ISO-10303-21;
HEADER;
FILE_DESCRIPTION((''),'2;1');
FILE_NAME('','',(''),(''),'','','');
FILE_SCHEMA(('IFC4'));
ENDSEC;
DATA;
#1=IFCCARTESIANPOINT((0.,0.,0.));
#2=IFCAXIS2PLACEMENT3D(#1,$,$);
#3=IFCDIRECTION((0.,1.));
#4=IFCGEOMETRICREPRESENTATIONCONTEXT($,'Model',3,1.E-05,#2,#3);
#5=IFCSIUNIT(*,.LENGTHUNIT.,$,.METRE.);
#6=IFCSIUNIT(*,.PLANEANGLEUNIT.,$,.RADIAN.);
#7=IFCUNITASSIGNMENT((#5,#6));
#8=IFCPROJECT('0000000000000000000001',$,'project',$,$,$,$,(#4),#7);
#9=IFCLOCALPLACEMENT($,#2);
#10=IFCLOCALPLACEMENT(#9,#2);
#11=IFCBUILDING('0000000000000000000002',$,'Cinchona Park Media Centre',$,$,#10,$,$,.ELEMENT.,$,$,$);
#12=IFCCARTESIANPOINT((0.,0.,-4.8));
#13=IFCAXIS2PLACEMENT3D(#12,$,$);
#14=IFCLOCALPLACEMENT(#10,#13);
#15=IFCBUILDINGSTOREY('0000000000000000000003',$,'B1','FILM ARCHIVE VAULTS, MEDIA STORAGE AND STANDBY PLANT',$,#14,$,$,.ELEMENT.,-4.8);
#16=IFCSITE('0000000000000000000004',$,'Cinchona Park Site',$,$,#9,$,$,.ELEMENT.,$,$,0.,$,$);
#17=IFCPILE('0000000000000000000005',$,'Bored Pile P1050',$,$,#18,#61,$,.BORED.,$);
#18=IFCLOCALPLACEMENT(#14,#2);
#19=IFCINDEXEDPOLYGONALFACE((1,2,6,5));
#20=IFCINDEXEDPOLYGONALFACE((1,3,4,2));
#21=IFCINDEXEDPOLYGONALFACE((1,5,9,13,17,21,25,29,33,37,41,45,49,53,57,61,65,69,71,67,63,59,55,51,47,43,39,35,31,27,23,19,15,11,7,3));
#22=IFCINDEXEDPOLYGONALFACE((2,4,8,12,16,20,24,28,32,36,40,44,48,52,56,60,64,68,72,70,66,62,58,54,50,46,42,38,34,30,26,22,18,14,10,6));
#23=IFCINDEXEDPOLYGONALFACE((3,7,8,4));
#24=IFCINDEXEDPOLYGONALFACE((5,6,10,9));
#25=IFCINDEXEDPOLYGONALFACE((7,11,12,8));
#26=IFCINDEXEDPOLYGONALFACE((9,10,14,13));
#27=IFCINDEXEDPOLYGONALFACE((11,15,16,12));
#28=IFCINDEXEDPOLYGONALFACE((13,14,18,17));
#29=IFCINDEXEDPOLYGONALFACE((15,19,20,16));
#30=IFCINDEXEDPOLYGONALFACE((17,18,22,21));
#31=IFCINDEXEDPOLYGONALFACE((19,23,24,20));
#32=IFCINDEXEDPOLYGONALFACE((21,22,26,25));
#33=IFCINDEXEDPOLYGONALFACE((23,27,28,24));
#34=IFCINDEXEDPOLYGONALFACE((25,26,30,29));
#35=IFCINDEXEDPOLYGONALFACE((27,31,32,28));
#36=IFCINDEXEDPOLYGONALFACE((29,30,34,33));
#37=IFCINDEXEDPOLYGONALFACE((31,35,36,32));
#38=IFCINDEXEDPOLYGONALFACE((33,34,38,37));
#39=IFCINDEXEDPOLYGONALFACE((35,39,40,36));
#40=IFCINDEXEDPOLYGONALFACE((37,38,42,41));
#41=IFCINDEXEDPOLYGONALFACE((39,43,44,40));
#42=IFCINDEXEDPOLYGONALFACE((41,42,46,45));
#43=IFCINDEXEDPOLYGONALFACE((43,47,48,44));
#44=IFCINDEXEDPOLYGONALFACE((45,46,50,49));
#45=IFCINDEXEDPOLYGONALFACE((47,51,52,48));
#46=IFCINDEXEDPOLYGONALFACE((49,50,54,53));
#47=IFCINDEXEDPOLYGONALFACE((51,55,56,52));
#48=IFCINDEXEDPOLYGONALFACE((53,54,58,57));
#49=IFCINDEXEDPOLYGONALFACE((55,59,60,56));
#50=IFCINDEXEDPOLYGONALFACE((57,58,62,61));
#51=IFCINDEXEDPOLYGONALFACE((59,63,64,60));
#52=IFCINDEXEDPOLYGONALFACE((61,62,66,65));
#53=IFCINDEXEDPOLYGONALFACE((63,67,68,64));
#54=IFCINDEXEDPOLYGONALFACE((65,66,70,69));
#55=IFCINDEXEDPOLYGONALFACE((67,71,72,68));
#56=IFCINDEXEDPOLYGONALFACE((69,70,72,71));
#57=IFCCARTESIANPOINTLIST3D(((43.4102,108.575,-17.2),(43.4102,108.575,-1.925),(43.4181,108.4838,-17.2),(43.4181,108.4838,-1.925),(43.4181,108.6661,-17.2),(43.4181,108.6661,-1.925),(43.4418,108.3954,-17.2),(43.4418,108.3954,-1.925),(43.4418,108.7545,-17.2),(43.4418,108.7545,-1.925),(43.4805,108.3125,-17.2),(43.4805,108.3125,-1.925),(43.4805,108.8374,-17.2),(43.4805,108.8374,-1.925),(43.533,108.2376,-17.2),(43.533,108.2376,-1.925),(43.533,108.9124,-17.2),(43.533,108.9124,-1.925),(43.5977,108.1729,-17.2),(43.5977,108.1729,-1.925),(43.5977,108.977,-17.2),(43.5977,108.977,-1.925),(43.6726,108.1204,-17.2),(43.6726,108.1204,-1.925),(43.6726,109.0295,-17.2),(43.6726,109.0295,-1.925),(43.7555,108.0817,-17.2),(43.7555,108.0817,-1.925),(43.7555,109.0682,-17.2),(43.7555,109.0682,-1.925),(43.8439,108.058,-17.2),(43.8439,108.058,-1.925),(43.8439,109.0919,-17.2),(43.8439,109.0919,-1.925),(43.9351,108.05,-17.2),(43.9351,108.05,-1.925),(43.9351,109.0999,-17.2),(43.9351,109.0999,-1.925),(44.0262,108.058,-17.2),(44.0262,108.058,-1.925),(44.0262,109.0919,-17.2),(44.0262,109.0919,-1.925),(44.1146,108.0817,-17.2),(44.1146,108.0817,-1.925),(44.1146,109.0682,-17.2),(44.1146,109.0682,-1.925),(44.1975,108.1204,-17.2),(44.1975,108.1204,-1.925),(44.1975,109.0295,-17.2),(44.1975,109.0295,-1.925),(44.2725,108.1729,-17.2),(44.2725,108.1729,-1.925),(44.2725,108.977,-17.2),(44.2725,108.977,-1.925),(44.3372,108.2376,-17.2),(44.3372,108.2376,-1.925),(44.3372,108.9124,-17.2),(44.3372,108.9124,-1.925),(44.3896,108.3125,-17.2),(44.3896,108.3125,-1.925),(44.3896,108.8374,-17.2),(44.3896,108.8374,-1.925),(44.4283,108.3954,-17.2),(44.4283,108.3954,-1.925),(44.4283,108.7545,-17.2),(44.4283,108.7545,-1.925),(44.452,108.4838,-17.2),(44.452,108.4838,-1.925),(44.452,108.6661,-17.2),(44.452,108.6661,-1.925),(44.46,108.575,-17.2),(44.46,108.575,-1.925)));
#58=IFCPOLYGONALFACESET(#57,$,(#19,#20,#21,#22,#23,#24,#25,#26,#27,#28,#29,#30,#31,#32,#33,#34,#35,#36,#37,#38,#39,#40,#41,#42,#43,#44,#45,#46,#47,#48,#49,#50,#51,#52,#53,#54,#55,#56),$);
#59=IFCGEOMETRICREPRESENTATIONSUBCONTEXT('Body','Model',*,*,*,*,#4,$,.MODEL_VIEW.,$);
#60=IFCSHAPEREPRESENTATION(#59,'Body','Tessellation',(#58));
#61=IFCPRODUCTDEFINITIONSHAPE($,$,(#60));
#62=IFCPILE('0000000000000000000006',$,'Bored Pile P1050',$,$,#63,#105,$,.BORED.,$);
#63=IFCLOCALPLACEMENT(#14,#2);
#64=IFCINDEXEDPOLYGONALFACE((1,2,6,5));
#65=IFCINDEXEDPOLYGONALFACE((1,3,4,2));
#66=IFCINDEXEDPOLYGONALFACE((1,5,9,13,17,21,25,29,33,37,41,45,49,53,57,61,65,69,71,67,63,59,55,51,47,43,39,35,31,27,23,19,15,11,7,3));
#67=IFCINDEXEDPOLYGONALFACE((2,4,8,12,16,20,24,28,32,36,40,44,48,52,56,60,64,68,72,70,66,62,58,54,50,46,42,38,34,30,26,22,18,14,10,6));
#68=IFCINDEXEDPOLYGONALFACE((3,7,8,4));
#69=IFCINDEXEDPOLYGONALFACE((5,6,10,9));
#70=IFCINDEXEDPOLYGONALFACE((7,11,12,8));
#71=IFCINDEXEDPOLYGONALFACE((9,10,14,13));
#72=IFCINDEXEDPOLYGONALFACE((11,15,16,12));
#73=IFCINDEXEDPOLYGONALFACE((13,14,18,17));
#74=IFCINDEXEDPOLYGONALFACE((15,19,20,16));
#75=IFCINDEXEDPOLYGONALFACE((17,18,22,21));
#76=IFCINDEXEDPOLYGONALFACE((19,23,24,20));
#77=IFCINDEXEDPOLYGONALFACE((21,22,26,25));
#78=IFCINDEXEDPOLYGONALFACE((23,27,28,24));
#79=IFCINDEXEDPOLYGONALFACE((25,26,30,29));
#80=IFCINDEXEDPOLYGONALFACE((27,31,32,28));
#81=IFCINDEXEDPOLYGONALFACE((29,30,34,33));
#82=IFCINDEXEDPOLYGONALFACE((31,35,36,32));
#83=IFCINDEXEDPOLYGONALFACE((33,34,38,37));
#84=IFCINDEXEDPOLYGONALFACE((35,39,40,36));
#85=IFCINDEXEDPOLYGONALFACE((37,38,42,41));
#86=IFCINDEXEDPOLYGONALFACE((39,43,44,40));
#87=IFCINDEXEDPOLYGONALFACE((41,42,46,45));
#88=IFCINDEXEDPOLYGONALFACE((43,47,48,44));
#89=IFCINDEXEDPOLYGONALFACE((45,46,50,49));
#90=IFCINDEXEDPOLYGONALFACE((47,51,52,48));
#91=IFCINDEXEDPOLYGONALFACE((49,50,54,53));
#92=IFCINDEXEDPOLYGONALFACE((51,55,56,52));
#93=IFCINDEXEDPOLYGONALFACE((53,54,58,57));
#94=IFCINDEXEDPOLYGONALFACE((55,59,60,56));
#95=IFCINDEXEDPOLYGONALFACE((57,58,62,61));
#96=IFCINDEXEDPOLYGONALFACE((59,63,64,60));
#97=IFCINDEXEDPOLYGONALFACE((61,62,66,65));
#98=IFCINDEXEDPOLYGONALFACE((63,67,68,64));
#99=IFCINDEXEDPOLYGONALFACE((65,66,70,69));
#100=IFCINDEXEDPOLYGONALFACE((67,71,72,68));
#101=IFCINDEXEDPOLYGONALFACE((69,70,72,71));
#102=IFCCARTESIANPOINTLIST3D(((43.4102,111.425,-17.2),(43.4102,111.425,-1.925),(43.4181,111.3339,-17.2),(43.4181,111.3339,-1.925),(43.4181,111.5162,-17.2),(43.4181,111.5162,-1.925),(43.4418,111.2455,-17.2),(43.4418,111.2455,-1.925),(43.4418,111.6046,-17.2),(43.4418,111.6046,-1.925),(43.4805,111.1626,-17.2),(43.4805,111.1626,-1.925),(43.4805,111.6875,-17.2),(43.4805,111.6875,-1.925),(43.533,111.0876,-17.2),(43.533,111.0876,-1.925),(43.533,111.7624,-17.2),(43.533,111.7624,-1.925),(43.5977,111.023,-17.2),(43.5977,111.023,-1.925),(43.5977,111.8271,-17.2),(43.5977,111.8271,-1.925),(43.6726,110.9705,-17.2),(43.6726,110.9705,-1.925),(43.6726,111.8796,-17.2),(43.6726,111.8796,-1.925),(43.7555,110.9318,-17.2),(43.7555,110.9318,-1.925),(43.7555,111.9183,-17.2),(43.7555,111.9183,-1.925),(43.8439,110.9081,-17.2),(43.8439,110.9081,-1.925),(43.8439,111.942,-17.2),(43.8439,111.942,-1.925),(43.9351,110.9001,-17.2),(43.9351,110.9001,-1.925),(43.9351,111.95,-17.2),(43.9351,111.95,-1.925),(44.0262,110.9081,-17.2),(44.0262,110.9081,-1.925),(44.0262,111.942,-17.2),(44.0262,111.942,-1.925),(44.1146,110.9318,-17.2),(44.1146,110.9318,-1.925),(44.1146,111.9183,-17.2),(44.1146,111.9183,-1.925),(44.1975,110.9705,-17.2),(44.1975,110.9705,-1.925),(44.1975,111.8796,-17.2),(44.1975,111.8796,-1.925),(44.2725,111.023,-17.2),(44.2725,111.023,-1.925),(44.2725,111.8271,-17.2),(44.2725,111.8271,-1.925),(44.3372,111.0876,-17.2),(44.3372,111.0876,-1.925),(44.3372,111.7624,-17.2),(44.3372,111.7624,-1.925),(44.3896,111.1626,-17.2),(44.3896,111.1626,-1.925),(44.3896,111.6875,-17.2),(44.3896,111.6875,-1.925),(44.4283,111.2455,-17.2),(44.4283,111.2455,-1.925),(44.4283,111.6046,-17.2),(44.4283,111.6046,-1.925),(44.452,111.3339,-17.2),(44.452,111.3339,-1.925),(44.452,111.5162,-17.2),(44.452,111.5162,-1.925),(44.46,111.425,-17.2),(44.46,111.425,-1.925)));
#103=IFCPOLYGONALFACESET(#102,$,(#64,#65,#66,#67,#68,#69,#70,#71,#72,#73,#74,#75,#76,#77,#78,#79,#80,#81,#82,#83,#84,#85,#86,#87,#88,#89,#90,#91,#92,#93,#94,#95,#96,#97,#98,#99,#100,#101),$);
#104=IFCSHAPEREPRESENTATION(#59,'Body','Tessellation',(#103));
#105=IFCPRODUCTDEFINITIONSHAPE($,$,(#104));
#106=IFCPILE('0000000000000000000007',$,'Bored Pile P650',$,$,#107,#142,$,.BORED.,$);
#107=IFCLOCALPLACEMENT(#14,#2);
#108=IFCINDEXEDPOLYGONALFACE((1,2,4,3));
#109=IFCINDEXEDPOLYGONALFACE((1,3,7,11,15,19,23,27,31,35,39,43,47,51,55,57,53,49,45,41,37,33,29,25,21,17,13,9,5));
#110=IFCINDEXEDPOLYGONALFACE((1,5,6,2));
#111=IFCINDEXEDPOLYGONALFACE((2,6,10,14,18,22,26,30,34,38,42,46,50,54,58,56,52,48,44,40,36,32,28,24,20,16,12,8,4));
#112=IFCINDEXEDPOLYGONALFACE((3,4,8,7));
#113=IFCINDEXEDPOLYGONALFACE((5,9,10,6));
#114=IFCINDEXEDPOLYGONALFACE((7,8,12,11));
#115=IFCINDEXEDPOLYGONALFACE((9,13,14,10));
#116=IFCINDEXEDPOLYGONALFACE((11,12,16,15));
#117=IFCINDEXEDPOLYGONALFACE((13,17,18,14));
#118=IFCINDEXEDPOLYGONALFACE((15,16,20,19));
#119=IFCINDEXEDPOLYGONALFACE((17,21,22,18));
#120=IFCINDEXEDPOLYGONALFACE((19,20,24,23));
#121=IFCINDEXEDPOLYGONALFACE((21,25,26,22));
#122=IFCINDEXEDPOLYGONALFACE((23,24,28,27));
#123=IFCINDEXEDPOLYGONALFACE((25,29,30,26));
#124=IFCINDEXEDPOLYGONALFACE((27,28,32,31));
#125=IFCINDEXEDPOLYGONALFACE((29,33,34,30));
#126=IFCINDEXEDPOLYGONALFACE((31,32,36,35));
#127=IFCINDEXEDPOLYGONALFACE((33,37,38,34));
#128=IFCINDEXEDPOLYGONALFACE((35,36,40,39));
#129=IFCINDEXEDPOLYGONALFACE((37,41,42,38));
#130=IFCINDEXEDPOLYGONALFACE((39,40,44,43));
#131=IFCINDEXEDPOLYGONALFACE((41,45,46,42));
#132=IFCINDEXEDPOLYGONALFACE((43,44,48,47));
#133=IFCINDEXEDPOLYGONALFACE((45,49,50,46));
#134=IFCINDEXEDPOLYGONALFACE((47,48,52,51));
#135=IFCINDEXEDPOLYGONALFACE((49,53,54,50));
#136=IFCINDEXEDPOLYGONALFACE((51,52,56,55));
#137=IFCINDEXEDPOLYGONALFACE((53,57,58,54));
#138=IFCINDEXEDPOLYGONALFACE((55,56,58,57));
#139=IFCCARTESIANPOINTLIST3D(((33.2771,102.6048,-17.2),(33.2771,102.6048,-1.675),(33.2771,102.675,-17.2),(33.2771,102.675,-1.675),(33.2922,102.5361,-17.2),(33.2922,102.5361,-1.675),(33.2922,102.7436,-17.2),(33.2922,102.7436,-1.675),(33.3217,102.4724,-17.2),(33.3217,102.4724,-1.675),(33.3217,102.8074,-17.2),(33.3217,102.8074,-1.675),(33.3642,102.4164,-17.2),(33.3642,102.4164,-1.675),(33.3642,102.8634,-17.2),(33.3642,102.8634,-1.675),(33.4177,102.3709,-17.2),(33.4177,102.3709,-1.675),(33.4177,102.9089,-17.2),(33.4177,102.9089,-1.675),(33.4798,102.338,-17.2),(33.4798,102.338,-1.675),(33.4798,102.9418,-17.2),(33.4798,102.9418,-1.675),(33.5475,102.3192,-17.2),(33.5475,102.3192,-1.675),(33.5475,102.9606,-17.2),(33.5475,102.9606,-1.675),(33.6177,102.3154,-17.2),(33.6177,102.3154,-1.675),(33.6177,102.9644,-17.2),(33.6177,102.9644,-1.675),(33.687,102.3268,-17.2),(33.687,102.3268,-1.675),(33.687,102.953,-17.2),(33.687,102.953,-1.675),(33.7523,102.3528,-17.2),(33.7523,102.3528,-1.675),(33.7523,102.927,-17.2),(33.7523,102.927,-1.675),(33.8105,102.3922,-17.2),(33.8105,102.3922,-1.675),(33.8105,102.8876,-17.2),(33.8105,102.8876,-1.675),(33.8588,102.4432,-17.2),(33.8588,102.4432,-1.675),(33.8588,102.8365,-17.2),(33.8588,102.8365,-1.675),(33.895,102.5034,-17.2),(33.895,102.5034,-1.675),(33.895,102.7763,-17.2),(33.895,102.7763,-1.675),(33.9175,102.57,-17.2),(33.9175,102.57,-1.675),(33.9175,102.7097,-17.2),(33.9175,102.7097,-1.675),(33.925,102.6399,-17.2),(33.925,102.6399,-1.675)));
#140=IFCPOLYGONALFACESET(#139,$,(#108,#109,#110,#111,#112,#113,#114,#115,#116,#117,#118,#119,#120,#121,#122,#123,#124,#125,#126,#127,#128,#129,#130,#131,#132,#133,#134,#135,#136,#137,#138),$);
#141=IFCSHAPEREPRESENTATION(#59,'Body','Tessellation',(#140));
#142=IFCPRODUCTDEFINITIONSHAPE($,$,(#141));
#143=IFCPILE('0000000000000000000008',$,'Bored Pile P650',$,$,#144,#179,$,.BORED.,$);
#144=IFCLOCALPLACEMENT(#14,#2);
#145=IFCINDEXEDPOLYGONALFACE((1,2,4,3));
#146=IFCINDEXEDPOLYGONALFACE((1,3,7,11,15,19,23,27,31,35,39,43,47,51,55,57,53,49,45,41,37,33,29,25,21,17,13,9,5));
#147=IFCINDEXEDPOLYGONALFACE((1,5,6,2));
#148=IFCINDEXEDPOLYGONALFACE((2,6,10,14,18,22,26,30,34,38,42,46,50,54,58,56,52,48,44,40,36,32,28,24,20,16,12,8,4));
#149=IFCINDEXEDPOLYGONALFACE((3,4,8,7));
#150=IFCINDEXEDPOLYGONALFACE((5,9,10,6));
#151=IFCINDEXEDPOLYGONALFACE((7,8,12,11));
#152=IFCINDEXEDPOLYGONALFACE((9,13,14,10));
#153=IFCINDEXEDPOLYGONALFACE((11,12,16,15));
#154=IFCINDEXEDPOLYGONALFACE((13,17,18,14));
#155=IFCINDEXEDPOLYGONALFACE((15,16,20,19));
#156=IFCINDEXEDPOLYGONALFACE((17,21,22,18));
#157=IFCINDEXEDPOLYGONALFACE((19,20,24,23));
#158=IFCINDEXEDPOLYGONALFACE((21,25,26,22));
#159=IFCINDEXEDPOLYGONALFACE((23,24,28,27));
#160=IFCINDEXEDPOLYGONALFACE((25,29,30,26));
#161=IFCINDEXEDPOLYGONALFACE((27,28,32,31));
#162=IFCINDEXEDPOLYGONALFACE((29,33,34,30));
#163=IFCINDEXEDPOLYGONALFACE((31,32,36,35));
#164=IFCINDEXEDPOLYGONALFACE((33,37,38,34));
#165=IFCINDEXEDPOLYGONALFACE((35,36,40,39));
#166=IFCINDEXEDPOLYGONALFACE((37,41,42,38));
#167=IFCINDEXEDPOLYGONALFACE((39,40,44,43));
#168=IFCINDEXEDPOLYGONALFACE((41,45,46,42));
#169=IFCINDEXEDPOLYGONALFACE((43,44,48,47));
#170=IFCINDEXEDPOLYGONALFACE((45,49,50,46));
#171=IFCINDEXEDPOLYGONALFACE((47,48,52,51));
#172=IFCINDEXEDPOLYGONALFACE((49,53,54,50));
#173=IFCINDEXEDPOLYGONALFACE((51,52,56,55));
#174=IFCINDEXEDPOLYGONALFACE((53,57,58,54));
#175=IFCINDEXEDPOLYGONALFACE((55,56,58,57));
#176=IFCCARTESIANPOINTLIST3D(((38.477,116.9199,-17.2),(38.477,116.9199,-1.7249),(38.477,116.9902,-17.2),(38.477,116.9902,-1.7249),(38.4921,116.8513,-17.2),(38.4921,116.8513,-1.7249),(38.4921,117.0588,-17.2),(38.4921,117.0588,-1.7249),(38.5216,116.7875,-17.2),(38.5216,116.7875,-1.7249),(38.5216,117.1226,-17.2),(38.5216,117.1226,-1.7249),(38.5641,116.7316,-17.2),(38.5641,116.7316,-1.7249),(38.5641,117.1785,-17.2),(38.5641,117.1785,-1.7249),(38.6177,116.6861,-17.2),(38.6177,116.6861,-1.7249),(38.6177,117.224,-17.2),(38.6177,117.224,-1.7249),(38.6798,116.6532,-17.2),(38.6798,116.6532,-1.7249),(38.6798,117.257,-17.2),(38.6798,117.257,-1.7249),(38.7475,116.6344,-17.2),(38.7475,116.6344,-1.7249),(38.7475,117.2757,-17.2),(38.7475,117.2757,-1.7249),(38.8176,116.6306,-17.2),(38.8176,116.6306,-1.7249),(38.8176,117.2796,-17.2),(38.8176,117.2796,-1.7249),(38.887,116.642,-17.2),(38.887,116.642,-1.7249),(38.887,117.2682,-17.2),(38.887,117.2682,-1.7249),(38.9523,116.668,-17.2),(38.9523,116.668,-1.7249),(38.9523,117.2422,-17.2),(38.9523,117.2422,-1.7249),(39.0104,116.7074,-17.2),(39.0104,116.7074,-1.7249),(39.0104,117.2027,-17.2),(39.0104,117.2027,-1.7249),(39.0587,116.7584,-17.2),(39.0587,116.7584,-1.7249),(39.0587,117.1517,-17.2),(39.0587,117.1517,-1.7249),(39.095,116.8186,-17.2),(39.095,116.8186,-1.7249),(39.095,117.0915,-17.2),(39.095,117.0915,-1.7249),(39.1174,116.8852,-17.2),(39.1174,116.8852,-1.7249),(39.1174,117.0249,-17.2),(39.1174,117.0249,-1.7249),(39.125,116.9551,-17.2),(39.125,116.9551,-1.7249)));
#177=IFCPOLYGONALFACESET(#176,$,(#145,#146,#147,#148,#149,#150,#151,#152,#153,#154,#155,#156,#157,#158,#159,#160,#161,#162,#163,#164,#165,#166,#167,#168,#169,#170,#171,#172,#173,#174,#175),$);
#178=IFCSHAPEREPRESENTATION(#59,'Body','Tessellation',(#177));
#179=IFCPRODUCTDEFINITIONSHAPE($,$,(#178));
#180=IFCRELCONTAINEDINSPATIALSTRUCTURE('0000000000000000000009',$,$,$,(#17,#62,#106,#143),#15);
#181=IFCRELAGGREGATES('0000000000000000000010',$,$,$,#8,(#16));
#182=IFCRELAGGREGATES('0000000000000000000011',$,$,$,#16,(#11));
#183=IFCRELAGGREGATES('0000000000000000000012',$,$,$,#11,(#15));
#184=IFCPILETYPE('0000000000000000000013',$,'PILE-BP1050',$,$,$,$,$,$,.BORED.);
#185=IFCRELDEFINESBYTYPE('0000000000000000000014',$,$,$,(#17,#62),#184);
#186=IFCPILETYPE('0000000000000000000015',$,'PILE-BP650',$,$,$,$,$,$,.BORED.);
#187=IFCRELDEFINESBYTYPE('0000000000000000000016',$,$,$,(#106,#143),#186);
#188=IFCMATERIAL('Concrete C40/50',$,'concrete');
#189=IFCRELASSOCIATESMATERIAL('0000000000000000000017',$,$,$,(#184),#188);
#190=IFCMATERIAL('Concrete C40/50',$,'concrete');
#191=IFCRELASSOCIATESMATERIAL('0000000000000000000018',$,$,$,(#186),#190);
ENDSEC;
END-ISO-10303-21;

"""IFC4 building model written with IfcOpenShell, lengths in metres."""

from ifc_helpers import new_model, si_unit, direction, frame, origin, origin_2d, place, context, subcontext, project, spatial, circle, extrude, material, material_profile, profile_set, type_object, element, save


model = new_model("IFC4")

# Units and contexts
model_context = context("Model", 3, precision=1e-05, world=origin(), true_north=direction((0.0, 1.0)))
body_context = subcontext(model_context, "Body", "Model", "MODEL_VIEW")
ifc_project = project(units=[si_unit("LENGTHUNIT", "METRE"), si_unit("PLANEANGLEUNIT", "RADIAN")], contexts=[model_context])

# Site, building, storey
site_placement = place(None, origin())
site = spatial("IfcSite", under=ifc_project, at=site_placement, Name="Cinchona Park Site", CompositionType="ELEMENT", RefElevation=0.0)
building_placement = place(site_placement, origin())
building = spatial("IfcBuilding", under=site, at=building_placement, Name="Cinchona Park Media Centre", CompositionType="ELEMENT")
storey_placement = place(building_placement, frame((0.0, 0.0, -4.8)))
storey = spatial("IfcBuildingStorey", under=building, at=storey_placement, Name="B1", Description="FILM ARCHIVE VAULTS, MEDIA STORAGE AND STANDBY PLANT", CompositionType="ELEMENT", Elevation=-4.8)

# Piles
ifc_material_1 = material(Name="Concrete C40/50", Category="concrete")
ifc_material_profile_1 = material_profile(ifc_material_1, circle(Radius=0.5249, at=origin_2d()), Name="BORED PILE 1050")
ifc_profile_set_1 = profile_set([ifc_material_profile_1], Name="Concrete C40/50")
pile_type_1 = type_object("IfcPileType", Name="PILE-BP1050", PredefinedType="BORED", material=ifc_profile_set_1)
for number, where, z_axis, x_axis, name in (
    (1, (43.9351, 108.575, -1.925), (0.0, 0.0, -1.0), (1.0, 0.0, 0.0), "Bored Pile P1050"),
    (2, (43.9351, 111.425, -1.925), (0.0, 0.0, -1.0), (1.0, 0.0, 0.0), "Bored Pile P1050"),
):
    element("IfcPile", number, at=place(storey_placement, frame(where, z_axis=z_axis, x_axis=x_axis)), inside=storey, type_object=pile_type_1, Name=name, PredefinedType="BORED", context=body_context, shape_type="SweptSolid", body=[
        extrude(circle(Radius=0.5249, at=origin_2d()), origin(), (0.0, 0.0, 1.0), 15.2749),
    ])
ifc_material_2 = material(Name="Concrete C40/50", Category="concrete")
ifc_material_profile_2 = material_profile(ifc_material_2, circle(Radius=0.325, at=origin_2d()), Name="BORED PILE 650")
ifc_profile_set_2 = profile_set([ifc_material_profile_2], Name="Concrete C40/50")
pile_type_2 = type_object("IfcPileType", Name="PILE-BP650", PredefinedType="BORED", material=ifc_profile_set_2)
pile_1_placement = place(storey_placement, frame((33.6001, 102.6399, -1.675), z_axis=(0.0, 0.0, -1.0), x_axis=(1.0, 0.0, 0.0)))
element("IfcPile", 3, at=pile_1_placement, inside=storey, type_object=pile_type_2, Name="Bored Pile P650", PredefinedType="BORED", context=body_context, shape_type="SweptSolid", body=[
    extrude(circle(Radius=0.325, at=origin_2d()), origin(), (0.0, 0.0, 1.0), 15.5249),
])
for number, where, z_axis, x_axis, name in (
    (4, (38.8, 116.9551, -1.7249), (0.0, 0.0, -1.0), (1.0, 0.0, 0.0), "Bored Pile P650"),
):
    element("IfcPile", number, at=place(storey_placement, frame(where, z_axis=z_axis, x_axis=x_axis)), inside=storey, type_object=pile_type_2, Name=name, PredefinedType="BORED", context=body_context, shape_type="SweptSolid", body=[
        extrude(circle(Radius=0.325, at=origin_2d()), origin(), (0.0, 0.0, 1.0), 15.4751),
    ])

save(model, "model.ifc")
